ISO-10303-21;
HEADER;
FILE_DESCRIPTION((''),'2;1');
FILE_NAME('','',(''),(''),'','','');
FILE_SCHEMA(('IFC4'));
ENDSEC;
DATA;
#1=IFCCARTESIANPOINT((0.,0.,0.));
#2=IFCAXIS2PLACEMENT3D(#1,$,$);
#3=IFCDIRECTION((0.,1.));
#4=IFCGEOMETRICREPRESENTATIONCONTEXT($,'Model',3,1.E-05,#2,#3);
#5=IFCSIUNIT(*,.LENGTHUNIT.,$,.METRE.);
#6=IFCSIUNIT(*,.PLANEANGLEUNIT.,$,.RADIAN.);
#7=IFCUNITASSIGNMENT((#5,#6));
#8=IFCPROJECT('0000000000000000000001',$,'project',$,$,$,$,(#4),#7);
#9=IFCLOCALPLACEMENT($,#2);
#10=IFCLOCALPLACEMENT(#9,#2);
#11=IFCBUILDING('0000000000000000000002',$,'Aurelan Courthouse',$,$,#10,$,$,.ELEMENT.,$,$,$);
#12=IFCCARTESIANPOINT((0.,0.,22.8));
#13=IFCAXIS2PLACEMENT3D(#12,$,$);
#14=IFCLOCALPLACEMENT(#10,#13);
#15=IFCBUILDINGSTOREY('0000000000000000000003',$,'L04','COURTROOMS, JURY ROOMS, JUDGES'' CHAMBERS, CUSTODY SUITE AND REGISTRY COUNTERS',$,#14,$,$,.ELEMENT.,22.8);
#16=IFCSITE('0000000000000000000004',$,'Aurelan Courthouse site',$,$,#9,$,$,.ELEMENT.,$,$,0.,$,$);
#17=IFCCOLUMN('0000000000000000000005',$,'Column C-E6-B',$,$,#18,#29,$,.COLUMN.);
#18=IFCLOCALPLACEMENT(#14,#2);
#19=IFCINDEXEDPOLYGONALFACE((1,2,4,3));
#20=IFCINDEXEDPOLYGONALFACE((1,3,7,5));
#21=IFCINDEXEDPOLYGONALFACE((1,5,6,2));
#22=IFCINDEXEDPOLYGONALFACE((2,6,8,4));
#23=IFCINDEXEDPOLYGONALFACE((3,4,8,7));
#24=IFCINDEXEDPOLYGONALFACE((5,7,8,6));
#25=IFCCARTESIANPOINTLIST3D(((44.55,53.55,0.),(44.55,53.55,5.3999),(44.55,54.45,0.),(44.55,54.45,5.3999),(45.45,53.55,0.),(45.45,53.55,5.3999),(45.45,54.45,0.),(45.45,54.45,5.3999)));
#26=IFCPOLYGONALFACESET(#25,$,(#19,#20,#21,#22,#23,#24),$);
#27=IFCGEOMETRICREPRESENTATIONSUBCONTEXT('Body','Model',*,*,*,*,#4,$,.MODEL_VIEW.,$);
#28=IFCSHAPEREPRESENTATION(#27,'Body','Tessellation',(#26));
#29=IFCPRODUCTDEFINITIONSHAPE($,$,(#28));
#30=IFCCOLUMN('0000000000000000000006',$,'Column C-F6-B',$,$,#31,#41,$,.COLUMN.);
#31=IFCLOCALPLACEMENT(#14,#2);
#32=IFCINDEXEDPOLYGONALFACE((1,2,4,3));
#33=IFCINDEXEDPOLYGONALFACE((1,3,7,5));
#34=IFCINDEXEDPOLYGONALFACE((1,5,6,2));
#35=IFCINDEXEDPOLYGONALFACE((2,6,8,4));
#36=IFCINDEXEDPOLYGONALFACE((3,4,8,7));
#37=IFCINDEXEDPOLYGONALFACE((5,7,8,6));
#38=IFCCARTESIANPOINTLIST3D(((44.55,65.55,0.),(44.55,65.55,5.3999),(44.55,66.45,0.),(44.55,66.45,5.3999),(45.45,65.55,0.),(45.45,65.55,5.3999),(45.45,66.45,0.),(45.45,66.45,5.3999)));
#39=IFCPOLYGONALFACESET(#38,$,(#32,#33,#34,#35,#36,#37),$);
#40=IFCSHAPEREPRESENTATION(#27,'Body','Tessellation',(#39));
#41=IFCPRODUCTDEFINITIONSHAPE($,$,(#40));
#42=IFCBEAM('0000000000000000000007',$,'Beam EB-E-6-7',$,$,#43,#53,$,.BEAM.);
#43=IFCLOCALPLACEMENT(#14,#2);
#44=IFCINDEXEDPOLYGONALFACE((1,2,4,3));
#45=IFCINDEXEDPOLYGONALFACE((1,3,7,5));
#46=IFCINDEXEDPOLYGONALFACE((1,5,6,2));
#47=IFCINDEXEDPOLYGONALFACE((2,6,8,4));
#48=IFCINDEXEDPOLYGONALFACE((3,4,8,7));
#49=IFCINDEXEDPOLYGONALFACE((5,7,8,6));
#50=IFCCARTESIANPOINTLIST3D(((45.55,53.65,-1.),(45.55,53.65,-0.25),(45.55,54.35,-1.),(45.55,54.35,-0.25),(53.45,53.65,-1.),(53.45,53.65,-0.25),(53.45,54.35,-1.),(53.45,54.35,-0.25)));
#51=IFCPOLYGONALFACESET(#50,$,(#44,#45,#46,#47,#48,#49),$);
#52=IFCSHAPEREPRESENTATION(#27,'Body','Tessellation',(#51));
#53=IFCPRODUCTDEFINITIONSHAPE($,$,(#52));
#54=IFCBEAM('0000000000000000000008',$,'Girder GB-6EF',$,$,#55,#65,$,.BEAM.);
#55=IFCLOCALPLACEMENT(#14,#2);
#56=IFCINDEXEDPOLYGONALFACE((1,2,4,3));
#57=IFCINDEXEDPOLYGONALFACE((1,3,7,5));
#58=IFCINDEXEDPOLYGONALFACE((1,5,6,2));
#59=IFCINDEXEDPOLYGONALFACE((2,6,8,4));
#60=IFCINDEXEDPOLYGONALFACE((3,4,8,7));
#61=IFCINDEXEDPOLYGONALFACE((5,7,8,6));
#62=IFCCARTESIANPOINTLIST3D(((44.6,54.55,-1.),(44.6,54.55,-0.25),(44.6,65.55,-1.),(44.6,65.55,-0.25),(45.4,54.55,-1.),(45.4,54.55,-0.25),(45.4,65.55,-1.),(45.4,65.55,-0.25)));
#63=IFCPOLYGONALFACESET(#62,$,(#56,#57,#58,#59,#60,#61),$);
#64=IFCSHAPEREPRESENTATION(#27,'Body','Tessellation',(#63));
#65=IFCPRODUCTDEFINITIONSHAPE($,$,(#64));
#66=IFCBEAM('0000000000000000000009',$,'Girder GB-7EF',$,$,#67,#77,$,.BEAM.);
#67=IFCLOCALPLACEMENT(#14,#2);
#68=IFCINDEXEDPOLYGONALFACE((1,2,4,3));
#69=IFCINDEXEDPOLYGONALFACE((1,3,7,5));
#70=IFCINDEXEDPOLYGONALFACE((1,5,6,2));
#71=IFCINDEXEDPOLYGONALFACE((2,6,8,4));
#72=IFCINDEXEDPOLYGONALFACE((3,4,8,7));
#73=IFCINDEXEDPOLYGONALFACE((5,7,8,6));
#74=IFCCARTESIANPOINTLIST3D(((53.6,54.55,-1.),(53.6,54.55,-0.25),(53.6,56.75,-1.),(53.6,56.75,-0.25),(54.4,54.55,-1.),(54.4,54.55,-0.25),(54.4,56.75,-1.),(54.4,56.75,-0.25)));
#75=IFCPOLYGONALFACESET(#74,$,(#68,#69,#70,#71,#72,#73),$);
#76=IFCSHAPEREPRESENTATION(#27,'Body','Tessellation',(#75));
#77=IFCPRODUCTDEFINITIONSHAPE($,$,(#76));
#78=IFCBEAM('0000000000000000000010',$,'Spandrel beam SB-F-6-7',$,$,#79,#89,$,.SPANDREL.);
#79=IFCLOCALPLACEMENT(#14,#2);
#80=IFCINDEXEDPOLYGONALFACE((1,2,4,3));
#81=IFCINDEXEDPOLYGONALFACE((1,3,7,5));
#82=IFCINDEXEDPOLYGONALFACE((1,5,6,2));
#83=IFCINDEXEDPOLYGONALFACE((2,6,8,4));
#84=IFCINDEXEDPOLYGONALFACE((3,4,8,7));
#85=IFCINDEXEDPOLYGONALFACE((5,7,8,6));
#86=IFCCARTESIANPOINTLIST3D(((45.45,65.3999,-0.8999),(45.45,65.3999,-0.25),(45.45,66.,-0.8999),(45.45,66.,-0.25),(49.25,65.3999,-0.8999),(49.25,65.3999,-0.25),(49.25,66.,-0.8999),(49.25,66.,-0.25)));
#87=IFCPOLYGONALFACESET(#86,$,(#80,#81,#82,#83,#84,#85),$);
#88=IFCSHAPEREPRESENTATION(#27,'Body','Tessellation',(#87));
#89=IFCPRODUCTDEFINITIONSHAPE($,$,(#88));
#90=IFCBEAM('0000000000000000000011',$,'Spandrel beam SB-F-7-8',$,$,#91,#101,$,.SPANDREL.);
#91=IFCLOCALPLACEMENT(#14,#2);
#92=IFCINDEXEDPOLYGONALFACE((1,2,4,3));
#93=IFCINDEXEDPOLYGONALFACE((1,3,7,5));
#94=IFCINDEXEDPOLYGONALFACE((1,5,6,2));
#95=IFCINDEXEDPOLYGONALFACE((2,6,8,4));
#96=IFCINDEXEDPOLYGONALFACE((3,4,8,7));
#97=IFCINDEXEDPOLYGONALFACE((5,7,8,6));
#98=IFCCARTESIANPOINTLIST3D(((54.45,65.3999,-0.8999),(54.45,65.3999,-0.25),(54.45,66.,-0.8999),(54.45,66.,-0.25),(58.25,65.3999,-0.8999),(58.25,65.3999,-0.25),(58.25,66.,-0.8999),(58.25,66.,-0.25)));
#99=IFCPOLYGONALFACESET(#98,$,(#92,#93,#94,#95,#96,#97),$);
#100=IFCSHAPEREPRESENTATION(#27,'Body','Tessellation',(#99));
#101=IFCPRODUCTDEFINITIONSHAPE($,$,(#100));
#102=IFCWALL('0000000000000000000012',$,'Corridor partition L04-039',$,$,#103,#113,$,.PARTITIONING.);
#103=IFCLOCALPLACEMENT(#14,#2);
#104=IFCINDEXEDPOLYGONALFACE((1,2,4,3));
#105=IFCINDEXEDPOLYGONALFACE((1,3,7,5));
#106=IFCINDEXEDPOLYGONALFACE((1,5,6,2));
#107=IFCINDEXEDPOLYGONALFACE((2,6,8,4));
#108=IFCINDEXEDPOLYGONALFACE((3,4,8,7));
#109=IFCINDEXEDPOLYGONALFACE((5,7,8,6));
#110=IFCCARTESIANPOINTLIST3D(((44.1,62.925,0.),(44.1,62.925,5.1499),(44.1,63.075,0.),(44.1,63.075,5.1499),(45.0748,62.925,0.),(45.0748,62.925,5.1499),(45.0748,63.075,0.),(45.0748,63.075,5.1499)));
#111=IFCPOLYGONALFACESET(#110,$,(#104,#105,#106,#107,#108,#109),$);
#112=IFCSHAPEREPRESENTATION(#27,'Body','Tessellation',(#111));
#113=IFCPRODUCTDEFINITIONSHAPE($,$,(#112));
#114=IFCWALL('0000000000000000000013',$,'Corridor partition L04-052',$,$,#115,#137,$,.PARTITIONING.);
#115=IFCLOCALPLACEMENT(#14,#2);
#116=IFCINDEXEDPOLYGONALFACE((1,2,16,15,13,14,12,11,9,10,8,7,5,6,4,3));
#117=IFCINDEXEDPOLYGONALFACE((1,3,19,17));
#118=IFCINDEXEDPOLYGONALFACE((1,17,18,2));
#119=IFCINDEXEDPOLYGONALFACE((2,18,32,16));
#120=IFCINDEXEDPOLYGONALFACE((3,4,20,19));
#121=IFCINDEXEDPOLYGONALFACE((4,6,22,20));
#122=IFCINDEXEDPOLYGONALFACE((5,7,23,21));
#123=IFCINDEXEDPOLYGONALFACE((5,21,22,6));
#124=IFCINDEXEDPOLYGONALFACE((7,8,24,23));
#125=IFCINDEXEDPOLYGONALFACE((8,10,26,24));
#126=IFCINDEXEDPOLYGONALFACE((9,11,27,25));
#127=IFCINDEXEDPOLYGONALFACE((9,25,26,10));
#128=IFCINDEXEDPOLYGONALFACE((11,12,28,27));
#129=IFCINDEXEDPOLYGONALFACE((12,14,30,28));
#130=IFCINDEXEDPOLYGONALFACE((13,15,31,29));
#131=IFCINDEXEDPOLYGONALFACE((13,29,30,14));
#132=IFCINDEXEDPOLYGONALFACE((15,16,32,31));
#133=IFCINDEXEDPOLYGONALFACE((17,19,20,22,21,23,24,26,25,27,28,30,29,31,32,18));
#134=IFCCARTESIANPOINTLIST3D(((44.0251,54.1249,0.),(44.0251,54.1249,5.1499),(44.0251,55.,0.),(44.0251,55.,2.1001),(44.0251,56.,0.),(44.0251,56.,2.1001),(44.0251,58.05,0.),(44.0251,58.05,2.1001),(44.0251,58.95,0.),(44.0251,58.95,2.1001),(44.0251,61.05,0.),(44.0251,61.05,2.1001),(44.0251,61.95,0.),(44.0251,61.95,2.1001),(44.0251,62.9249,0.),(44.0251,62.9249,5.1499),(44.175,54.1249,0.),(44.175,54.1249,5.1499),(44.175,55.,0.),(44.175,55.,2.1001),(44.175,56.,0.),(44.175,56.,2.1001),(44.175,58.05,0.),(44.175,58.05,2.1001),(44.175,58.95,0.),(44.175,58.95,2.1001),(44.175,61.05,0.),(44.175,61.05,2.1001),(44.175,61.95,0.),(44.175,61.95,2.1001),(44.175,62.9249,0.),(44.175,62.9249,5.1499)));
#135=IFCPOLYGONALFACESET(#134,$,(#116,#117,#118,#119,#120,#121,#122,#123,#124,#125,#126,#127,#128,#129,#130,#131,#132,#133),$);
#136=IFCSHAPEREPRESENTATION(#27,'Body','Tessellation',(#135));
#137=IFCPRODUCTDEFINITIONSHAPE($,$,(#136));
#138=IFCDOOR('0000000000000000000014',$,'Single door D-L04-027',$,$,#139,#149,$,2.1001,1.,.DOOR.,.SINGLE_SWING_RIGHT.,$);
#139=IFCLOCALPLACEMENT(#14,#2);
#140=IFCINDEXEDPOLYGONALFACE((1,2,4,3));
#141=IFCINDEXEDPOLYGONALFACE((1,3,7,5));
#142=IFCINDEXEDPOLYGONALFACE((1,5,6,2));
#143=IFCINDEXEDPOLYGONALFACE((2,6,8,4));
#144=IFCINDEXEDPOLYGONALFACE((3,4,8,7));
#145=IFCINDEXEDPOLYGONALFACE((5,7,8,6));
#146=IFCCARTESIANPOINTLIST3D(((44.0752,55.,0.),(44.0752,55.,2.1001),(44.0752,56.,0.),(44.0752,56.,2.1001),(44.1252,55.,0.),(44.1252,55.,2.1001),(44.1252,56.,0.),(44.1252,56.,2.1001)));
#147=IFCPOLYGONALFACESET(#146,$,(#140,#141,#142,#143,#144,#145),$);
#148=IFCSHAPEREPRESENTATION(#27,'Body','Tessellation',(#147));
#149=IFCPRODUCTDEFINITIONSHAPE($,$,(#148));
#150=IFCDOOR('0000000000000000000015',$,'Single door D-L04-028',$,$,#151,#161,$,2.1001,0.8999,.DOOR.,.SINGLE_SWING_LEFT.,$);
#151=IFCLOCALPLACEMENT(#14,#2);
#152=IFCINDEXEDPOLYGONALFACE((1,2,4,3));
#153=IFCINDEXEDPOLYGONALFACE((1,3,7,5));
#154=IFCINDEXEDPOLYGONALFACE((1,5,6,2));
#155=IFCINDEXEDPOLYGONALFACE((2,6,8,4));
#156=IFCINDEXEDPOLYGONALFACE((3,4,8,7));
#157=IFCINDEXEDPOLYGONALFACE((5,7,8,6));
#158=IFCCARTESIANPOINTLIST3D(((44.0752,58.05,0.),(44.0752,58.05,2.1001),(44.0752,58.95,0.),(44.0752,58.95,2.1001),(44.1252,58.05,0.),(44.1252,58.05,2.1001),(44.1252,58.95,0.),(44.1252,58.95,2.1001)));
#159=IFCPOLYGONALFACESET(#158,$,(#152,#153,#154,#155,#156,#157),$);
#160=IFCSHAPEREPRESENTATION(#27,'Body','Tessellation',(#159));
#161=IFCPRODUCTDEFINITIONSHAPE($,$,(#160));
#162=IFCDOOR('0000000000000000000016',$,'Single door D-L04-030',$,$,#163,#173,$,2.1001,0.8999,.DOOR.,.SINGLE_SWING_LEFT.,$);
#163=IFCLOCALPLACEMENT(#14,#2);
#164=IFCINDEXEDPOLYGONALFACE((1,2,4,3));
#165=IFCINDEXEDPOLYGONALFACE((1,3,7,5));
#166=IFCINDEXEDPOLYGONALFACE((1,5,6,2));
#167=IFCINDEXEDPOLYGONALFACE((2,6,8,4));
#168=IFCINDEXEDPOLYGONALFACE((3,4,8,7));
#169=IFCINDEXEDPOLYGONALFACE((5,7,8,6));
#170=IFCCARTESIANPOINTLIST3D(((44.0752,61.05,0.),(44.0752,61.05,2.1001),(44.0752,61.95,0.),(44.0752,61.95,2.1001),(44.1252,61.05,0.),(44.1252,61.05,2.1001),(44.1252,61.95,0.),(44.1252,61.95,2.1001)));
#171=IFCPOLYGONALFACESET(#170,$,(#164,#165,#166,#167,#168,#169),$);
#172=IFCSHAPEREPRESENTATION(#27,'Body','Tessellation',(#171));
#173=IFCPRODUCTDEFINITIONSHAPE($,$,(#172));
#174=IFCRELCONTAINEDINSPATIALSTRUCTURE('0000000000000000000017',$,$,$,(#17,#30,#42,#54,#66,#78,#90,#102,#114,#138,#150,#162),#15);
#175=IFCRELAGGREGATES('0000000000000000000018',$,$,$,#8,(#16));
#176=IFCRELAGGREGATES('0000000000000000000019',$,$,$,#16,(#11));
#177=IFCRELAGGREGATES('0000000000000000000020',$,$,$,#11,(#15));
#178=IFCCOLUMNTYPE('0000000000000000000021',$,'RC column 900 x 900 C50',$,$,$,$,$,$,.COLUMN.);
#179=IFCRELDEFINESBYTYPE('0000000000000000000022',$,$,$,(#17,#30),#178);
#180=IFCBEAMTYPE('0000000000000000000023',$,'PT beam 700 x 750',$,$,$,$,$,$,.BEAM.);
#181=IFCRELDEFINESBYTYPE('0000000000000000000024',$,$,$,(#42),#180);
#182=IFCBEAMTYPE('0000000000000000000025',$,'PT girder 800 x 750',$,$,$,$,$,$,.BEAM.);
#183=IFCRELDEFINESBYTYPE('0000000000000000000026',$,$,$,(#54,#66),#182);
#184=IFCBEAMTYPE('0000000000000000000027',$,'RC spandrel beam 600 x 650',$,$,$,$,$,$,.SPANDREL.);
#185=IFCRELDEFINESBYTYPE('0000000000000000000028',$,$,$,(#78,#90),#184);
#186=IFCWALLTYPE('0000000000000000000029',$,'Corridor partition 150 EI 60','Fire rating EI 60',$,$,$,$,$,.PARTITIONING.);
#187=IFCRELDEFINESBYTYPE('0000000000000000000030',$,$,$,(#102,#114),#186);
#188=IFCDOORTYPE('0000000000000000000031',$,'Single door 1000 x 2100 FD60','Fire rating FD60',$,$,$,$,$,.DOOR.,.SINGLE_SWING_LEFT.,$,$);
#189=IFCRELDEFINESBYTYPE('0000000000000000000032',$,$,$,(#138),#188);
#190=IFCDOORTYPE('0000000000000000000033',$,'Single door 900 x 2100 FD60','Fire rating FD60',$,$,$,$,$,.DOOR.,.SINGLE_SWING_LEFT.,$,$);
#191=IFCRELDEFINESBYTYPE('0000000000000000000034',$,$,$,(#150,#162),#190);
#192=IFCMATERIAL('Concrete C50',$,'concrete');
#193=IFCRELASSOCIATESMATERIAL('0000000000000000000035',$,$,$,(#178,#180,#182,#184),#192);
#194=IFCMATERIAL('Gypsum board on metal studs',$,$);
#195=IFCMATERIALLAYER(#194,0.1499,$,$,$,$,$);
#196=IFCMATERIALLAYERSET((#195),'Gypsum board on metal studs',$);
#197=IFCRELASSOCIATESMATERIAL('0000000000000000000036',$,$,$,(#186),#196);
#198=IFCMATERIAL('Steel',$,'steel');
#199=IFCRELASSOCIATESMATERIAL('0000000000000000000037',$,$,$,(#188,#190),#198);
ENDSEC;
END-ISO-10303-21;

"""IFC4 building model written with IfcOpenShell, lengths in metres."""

from ifc_helpers import new_model, si_unit, direction, frame, frame_2d, origin, origin_2d, place, context, subcontext, project, spatial, rectangle, extrude, material, layer, layer_set, material_profile, profile_set, type_object, element, fill, save


model = new_model("IFC4")

# Units and contexts
model_context = context("Model", 3, precision=1e-05, world=origin(), true_north=direction((0.0, 1.0)))
body_context = subcontext(model_context, "Body", "Model", "MODEL_VIEW")
ifc_project = project(units=[si_unit("LENGTHUNIT", "METRE"), si_unit("PLANEANGLEUNIT", "RADIAN")], contexts=[model_context])

# Site, building, storey
site_placement = place(None, origin())
site = spatial("IfcSite", under=ifc_project, at=site_placement, Name="Aurelan Courthouse site", CompositionType="ELEMENT", RefElevation=0.0)
building_placement = place(site_placement, origin())
building = spatial("IfcBuilding", under=site, at=building_placement, Name="Aurelan Courthouse", CompositionType="ELEMENT")
storey_placement = place(building_placement, frame((0.0, 0.0, 22.8)))
storey = spatial("IfcBuildingStorey", under=building, at=storey_placement, Name="L04", Description="COURTROOMS, JURY ROOMS, JUDGES' CHAMBERS, CUSTODY SUITE AND REGISTRY COUNTERS", CompositionType="ELEMENT", Elevation=22.8)

# Columns
ifc_material_1 = material(Name="Concrete C50", Category="concrete")
ifc_material_profile_1 = material_profile(ifc_material_1, rectangle(XDim=0.8999, YDim=0.8999, at=origin_2d()), Name="RC 900 x 900")
ifc_profile_set_1 = profile_set([ifc_material_profile_1], Name="Concrete C50")
column_type = type_object("IfcColumnType", Name="RC column 900 x 900 C50", PredefinedType="COLUMN", material=ifc_profile_set_1)
for number, where, z_axis, x_axis, name in (
    (1, (45.0, 54.0, 0.0), (0.0, 0.0, 1.0), (1.0, 0.0, 0.0), "Column C-E6-B"),
    (2, (45.0, 66.0, 0.0), (0.0, 0.0, 1.0), (1.0, 0.0, 0.0), "Column C-F6-B"),
):
    element("IfcColumn", number, at=place(storey_placement, frame(where, z_axis=z_axis, x_axis=x_axis)), inside=storey, type_object=column_type, Name=name, PredefinedType="COLUMN", context=body_context, shape_type="SweptSolid", body=[
        extrude(rectangle(XDim=0.8999, YDim=0.8999, at=origin_2d()), origin(), (0.0, 0.0, 1.0), 5.3999),
    ])

# Beams
ifc_material_profile_2 = material_profile(ifc_material_1, rectangle(XDim=0.7, YDim=0.75, at=origin_2d()), Name="RC 700 x 750")
ifc_profile_set_2 = profile_set([ifc_material_profile_2], Name="Concrete C50")
beam_type_1 = type_object("IfcBeamType", Name="PT beam 700 x 750", PredefinedType="BEAM", material=ifc_profile_set_2)
beam_1_placement = place(storey_placement, frame((45.55, 54.0, -0.625), z_axis=(1.0, 0.0, 0.0), x_axis=(0.0, 1.0, 0.0)))
element("IfcBeam", 3, at=beam_1_placement, inside=storey, type_object=beam_type_1, Name="Beam EB-E-6-7", PredefinedType="BEAM", context=body_context, shape_type="SweptSolid", body=[
    extrude(rectangle(XDim=0.7, YDim=0.75, at=origin_2d()), origin(), (0.0, 0.0, 1.0), 7.8999),
])
ifc_material_profile_3 = material_profile(ifc_material_1, rectangle(XDim=0.8, YDim=0.75, at=origin_2d()), Name="RC 800 x 750")
ifc_profile_set_3 = profile_set([ifc_material_profile_3], Name="Concrete C50")
beam_type_2 = type_object("IfcBeamType", Name="PT girder 800 x 750", PredefinedType="BEAM", material=ifc_profile_set_3)
beam_2_placement = place(storey_placement, frame((45.0, 54.55, -0.625), z_axis=(0.0, 1.0, 0.0), x_axis=(-1.0, 0.0, 0.0)))
element("IfcBeam", 4, at=beam_2_placement, inside=storey, type_object=beam_type_2, Name="Girder GB-6EF", PredefinedType="BEAM", context=body_context, shape_type="SweptSolid", body=[
    extrude(rectangle(XDim=0.8, YDim=0.75, at=origin_2d()), origin(), (0.0, 0.0, 1.0), 11.0),
])
beam_3_placement = place(storey_placement, frame((54.0, 54.55, -0.625), z_axis=(0.0, 1.0, 0.0), x_axis=(-1.0, 0.0, 0.0)))
element("IfcBeam", 5, at=beam_3_placement, inside=storey, type_object=beam_type_2, Name="Girder GB-7EF", PredefinedType="BEAM", context=body_context, shape_type="SweptSolid", body=[
    extrude(rectangle(XDim=0.8, YDim=0.75, at=origin_2d()), origin(), (0.0, 0.0, 1.0), 2.2),
])
ifc_material_profile_4 = material_profile(ifc_material_1, rectangle(XDim=0.6001, YDim=0.6499, at=origin_2d()), Name="RC 600 x 650")
ifc_profile_set_4 = profile_set([ifc_material_profile_4], Name="Concrete C50")
beam_type_3 = type_object("IfcBeamType", Name="RC spandrel beam 600 x 650", PredefinedType="SPANDREL", material=ifc_profile_set_4)
for number, where, z_axis, x_axis, name in (
    (6, (45.45, 65.7, -0.575), (1.0, 0.0, 0.0), (0.0, 1.0, 0.0), "Spandrel beam SB-F-6-7"),
    (7, (54.45, 65.7, -0.575), (1.0, 0.0, 0.0), (0.0, 1.0, 0.0), "Spandrel beam SB-F-7-8"),
):
    element("IfcBeam", number, at=place(storey_placement, frame(where, z_axis=z_axis, x_axis=x_axis)), inside=storey, type_object=beam_type_3, Name=name, PredefinedType="SPANDREL", context=body_context, shape_type="SweptSolid", body=[
        extrude(rectangle(XDim=0.6001, YDim=0.6499, at=origin_2d()), origin(), (0.0, 0.0, 1.0), 3.8),
    ])

# Wall
ifc_material_2 = material(Name="Gypsum board on metal studs")
ifc_layer_1 = layer(ifc_material_2, 0.1499)
ifc_layer_set_1 = layer_set([ifc_layer_1], Name="Gypsum board on metal studs")
wall_type_1 = type_object("IfcWallType", Name="Corridor partition 150 EI 60", Description="Fire rating EI 60", PredefinedType="PARTITIONING", material=ifc_layer_set_1)
wall_1_placement = place(storey_placement, frame((44.1001, 63.0, 0.0), z_axis=(0.0, 0.0, 1.0), x_axis=(1.0, 0.0, 0.0)))
element("IfcWall", 8, at=wall_1_placement, inside=storey, type_object=wall_type_1, Name="Corridor partition L04-039", PredefinedType="PARTITIONING", context=body_context, shape_type="SweptSolid", body=[
    extrude(rectangle(XDim=0.9749, YDim=0.1499, at=frame_2d((0.4873, 0.0))), origin(), (0.0, 0.0, 1.0), 5.1499),
])

# Wall, openings, doors
wall_2_placement = place(storey_placement, frame((44.1001, 54.125, 0.0), z_axis=(0.0, 0.0, 1.0), x_axis=(0.0, 1.0, 0.0)))
wall_2 = element("IfcWall", 9, at=wall_2_placement, inside=storey, type_object=wall_type_1, Name="Corridor partition L04-052", PredefinedType="PARTITIONING", context=body_context, shape_type="SweptSolid", body=[
    extrude(rectangle(XDim=8.8, YDim=0.1499, at=frame_2d((4.3999, 0.0))), origin(), (0.0, 0.0, 1.0), 5.1499),
])
opening_1_placement = place(wall_2_placement, frame((0.875, 0.0, 0.0)))
opening_1 = element("IfcOpeningElement", 10, at=opening_1_placement, cuts=wall_2, PredefinedType="OPENING", context=body_context, shape_type="SweptSolid", body=[
    extrude(rectangle(XDim=1.0, YDim=2.1001, at=frame_2d((0.5, 1.05))), frame((0.0, 0.085, 0.0), z_axis=(0.0, -1.0, 0.0), x_axis=(1.0, 0.0, 0.0)), (0.0, 0.0, 1.0), 0.1699),
])
opening_2_placement = place(wall_2_placement, frame((3.925, 0.0, 0.0)))
opening_2 = element("IfcOpeningElement", 11, at=opening_2_placement, cuts=wall_2, PredefinedType="OPENING", context=body_context, shape_type="SweptSolid", body=[
    extrude(rectangle(XDim=0.8999, YDim=2.1001, at=frame_2d((0.45, 1.05))), frame((0.0, 0.085, 0.0), z_axis=(0.0, -1.0, 0.0), x_axis=(1.0, 0.0, 0.0)), (0.0, 0.0, 1.0), 0.1699),
])
opening_3_placement = place(wall_2_placement, frame((6.925, 0.0, 0.0)))
opening_3 = element("IfcOpeningElement", 12, at=opening_3_placement, cuts=wall_2, PredefinedType="OPENING", context=body_context, shape_type="SweptSolid", body=[
    extrude(rectangle(XDim=0.8999, YDim=2.1001, at=frame_2d((0.45, 1.05))), frame((0.0, 0.085, 0.0), z_axis=(0.0, -1.0, 0.0), x_axis=(1.0, 0.0, 0.0)), (0.0, 0.0, 1.0), 0.1699),
])
ifc_material_3 = material(Name="Steel", Category="steel")
door_type_1 = type_object("IfcDoorType", Name="Single door 1000 x 2100 FD60", Description="Fire rating FD60", OperationType="SINGLE_SWING_LEFT", PredefinedType="DOOR", material=ifc_material_3)
door_1_placement = place(opening_1_placement, origin())
door_1 = element("IfcDoor", 13, at=door_1_placement, inside=storey, type_object=door_type_1, Name="Single door D-L04-027", OperationType="SINGLE_SWING_RIGHT", OverallHeight=2.1001, OverallWidth=1.0, PredefinedType="DOOR", context=body_context, shape_type="SweptSolid", body=[
    extrude(rectangle(XDim=1.0, YDim=2.1001, at=frame_2d((0.5, 1.05))), frame((0.0, 0.0249, 0.0), z_axis=(0.0, -1.0, 0.0), x_axis=(1.0, 0.0, 0.0)), (0.0, 0.0, 1.0), 0.05),
])
fill(opening_1, door_1)
door_type_2 = type_object("IfcDoorType", Name="Single door 900 x 2100 FD60", Description="Fire rating FD60", OperationType="SINGLE_SWING_LEFT", PredefinedType="DOOR", material=ifc_material_3)
door_2_placement = place(opening_2_placement, origin())
door_2 = element("IfcDoor", 14, at=door_2_placement, inside=storey, type_object=door_type_2, Name="Single door D-L04-028", OperationType="SINGLE_SWING_LEFT", OverallHeight=2.1001, OverallWidth=0.8999, PredefinedType="DOOR", context=body_context, shape_type="SweptSolid", body=[
    extrude(rectangle(XDim=0.8999, YDim=2.1001, at=frame_2d((0.45, 1.05))), frame((0.0, 0.0249, 0.0), z_axis=(0.0, -1.0, 0.0), x_axis=(1.0, 0.0, 0.0)), (0.0, 0.0, 1.0), 0.05),
])
fill(opening_2, door_2)
door_3_placement = place(opening_3_placement, origin())
door_3 = element("IfcDoor", 15, at=door_3_placement, inside=storey, type_object=door_type_2, Name="Single door D-L04-030", OperationType="SINGLE_SWING_LEFT", OverallHeight=2.1001, OverallWidth=0.8999, PredefinedType="DOOR", context=body_context, shape_type="SweptSolid", body=[
    extrude(rectangle(XDim=0.8999, YDim=2.1001, at=frame_2d((0.45, 1.05))), frame((0.0, 0.0249, 0.0), z_axis=(0.0, -1.0, 0.0), x_axis=(1.0, 0.0, 0.0)), (0.0, 0.0, 1.0), 0.05),
])
fill(opening_3, door_3)

save(model, "model.ifc")
